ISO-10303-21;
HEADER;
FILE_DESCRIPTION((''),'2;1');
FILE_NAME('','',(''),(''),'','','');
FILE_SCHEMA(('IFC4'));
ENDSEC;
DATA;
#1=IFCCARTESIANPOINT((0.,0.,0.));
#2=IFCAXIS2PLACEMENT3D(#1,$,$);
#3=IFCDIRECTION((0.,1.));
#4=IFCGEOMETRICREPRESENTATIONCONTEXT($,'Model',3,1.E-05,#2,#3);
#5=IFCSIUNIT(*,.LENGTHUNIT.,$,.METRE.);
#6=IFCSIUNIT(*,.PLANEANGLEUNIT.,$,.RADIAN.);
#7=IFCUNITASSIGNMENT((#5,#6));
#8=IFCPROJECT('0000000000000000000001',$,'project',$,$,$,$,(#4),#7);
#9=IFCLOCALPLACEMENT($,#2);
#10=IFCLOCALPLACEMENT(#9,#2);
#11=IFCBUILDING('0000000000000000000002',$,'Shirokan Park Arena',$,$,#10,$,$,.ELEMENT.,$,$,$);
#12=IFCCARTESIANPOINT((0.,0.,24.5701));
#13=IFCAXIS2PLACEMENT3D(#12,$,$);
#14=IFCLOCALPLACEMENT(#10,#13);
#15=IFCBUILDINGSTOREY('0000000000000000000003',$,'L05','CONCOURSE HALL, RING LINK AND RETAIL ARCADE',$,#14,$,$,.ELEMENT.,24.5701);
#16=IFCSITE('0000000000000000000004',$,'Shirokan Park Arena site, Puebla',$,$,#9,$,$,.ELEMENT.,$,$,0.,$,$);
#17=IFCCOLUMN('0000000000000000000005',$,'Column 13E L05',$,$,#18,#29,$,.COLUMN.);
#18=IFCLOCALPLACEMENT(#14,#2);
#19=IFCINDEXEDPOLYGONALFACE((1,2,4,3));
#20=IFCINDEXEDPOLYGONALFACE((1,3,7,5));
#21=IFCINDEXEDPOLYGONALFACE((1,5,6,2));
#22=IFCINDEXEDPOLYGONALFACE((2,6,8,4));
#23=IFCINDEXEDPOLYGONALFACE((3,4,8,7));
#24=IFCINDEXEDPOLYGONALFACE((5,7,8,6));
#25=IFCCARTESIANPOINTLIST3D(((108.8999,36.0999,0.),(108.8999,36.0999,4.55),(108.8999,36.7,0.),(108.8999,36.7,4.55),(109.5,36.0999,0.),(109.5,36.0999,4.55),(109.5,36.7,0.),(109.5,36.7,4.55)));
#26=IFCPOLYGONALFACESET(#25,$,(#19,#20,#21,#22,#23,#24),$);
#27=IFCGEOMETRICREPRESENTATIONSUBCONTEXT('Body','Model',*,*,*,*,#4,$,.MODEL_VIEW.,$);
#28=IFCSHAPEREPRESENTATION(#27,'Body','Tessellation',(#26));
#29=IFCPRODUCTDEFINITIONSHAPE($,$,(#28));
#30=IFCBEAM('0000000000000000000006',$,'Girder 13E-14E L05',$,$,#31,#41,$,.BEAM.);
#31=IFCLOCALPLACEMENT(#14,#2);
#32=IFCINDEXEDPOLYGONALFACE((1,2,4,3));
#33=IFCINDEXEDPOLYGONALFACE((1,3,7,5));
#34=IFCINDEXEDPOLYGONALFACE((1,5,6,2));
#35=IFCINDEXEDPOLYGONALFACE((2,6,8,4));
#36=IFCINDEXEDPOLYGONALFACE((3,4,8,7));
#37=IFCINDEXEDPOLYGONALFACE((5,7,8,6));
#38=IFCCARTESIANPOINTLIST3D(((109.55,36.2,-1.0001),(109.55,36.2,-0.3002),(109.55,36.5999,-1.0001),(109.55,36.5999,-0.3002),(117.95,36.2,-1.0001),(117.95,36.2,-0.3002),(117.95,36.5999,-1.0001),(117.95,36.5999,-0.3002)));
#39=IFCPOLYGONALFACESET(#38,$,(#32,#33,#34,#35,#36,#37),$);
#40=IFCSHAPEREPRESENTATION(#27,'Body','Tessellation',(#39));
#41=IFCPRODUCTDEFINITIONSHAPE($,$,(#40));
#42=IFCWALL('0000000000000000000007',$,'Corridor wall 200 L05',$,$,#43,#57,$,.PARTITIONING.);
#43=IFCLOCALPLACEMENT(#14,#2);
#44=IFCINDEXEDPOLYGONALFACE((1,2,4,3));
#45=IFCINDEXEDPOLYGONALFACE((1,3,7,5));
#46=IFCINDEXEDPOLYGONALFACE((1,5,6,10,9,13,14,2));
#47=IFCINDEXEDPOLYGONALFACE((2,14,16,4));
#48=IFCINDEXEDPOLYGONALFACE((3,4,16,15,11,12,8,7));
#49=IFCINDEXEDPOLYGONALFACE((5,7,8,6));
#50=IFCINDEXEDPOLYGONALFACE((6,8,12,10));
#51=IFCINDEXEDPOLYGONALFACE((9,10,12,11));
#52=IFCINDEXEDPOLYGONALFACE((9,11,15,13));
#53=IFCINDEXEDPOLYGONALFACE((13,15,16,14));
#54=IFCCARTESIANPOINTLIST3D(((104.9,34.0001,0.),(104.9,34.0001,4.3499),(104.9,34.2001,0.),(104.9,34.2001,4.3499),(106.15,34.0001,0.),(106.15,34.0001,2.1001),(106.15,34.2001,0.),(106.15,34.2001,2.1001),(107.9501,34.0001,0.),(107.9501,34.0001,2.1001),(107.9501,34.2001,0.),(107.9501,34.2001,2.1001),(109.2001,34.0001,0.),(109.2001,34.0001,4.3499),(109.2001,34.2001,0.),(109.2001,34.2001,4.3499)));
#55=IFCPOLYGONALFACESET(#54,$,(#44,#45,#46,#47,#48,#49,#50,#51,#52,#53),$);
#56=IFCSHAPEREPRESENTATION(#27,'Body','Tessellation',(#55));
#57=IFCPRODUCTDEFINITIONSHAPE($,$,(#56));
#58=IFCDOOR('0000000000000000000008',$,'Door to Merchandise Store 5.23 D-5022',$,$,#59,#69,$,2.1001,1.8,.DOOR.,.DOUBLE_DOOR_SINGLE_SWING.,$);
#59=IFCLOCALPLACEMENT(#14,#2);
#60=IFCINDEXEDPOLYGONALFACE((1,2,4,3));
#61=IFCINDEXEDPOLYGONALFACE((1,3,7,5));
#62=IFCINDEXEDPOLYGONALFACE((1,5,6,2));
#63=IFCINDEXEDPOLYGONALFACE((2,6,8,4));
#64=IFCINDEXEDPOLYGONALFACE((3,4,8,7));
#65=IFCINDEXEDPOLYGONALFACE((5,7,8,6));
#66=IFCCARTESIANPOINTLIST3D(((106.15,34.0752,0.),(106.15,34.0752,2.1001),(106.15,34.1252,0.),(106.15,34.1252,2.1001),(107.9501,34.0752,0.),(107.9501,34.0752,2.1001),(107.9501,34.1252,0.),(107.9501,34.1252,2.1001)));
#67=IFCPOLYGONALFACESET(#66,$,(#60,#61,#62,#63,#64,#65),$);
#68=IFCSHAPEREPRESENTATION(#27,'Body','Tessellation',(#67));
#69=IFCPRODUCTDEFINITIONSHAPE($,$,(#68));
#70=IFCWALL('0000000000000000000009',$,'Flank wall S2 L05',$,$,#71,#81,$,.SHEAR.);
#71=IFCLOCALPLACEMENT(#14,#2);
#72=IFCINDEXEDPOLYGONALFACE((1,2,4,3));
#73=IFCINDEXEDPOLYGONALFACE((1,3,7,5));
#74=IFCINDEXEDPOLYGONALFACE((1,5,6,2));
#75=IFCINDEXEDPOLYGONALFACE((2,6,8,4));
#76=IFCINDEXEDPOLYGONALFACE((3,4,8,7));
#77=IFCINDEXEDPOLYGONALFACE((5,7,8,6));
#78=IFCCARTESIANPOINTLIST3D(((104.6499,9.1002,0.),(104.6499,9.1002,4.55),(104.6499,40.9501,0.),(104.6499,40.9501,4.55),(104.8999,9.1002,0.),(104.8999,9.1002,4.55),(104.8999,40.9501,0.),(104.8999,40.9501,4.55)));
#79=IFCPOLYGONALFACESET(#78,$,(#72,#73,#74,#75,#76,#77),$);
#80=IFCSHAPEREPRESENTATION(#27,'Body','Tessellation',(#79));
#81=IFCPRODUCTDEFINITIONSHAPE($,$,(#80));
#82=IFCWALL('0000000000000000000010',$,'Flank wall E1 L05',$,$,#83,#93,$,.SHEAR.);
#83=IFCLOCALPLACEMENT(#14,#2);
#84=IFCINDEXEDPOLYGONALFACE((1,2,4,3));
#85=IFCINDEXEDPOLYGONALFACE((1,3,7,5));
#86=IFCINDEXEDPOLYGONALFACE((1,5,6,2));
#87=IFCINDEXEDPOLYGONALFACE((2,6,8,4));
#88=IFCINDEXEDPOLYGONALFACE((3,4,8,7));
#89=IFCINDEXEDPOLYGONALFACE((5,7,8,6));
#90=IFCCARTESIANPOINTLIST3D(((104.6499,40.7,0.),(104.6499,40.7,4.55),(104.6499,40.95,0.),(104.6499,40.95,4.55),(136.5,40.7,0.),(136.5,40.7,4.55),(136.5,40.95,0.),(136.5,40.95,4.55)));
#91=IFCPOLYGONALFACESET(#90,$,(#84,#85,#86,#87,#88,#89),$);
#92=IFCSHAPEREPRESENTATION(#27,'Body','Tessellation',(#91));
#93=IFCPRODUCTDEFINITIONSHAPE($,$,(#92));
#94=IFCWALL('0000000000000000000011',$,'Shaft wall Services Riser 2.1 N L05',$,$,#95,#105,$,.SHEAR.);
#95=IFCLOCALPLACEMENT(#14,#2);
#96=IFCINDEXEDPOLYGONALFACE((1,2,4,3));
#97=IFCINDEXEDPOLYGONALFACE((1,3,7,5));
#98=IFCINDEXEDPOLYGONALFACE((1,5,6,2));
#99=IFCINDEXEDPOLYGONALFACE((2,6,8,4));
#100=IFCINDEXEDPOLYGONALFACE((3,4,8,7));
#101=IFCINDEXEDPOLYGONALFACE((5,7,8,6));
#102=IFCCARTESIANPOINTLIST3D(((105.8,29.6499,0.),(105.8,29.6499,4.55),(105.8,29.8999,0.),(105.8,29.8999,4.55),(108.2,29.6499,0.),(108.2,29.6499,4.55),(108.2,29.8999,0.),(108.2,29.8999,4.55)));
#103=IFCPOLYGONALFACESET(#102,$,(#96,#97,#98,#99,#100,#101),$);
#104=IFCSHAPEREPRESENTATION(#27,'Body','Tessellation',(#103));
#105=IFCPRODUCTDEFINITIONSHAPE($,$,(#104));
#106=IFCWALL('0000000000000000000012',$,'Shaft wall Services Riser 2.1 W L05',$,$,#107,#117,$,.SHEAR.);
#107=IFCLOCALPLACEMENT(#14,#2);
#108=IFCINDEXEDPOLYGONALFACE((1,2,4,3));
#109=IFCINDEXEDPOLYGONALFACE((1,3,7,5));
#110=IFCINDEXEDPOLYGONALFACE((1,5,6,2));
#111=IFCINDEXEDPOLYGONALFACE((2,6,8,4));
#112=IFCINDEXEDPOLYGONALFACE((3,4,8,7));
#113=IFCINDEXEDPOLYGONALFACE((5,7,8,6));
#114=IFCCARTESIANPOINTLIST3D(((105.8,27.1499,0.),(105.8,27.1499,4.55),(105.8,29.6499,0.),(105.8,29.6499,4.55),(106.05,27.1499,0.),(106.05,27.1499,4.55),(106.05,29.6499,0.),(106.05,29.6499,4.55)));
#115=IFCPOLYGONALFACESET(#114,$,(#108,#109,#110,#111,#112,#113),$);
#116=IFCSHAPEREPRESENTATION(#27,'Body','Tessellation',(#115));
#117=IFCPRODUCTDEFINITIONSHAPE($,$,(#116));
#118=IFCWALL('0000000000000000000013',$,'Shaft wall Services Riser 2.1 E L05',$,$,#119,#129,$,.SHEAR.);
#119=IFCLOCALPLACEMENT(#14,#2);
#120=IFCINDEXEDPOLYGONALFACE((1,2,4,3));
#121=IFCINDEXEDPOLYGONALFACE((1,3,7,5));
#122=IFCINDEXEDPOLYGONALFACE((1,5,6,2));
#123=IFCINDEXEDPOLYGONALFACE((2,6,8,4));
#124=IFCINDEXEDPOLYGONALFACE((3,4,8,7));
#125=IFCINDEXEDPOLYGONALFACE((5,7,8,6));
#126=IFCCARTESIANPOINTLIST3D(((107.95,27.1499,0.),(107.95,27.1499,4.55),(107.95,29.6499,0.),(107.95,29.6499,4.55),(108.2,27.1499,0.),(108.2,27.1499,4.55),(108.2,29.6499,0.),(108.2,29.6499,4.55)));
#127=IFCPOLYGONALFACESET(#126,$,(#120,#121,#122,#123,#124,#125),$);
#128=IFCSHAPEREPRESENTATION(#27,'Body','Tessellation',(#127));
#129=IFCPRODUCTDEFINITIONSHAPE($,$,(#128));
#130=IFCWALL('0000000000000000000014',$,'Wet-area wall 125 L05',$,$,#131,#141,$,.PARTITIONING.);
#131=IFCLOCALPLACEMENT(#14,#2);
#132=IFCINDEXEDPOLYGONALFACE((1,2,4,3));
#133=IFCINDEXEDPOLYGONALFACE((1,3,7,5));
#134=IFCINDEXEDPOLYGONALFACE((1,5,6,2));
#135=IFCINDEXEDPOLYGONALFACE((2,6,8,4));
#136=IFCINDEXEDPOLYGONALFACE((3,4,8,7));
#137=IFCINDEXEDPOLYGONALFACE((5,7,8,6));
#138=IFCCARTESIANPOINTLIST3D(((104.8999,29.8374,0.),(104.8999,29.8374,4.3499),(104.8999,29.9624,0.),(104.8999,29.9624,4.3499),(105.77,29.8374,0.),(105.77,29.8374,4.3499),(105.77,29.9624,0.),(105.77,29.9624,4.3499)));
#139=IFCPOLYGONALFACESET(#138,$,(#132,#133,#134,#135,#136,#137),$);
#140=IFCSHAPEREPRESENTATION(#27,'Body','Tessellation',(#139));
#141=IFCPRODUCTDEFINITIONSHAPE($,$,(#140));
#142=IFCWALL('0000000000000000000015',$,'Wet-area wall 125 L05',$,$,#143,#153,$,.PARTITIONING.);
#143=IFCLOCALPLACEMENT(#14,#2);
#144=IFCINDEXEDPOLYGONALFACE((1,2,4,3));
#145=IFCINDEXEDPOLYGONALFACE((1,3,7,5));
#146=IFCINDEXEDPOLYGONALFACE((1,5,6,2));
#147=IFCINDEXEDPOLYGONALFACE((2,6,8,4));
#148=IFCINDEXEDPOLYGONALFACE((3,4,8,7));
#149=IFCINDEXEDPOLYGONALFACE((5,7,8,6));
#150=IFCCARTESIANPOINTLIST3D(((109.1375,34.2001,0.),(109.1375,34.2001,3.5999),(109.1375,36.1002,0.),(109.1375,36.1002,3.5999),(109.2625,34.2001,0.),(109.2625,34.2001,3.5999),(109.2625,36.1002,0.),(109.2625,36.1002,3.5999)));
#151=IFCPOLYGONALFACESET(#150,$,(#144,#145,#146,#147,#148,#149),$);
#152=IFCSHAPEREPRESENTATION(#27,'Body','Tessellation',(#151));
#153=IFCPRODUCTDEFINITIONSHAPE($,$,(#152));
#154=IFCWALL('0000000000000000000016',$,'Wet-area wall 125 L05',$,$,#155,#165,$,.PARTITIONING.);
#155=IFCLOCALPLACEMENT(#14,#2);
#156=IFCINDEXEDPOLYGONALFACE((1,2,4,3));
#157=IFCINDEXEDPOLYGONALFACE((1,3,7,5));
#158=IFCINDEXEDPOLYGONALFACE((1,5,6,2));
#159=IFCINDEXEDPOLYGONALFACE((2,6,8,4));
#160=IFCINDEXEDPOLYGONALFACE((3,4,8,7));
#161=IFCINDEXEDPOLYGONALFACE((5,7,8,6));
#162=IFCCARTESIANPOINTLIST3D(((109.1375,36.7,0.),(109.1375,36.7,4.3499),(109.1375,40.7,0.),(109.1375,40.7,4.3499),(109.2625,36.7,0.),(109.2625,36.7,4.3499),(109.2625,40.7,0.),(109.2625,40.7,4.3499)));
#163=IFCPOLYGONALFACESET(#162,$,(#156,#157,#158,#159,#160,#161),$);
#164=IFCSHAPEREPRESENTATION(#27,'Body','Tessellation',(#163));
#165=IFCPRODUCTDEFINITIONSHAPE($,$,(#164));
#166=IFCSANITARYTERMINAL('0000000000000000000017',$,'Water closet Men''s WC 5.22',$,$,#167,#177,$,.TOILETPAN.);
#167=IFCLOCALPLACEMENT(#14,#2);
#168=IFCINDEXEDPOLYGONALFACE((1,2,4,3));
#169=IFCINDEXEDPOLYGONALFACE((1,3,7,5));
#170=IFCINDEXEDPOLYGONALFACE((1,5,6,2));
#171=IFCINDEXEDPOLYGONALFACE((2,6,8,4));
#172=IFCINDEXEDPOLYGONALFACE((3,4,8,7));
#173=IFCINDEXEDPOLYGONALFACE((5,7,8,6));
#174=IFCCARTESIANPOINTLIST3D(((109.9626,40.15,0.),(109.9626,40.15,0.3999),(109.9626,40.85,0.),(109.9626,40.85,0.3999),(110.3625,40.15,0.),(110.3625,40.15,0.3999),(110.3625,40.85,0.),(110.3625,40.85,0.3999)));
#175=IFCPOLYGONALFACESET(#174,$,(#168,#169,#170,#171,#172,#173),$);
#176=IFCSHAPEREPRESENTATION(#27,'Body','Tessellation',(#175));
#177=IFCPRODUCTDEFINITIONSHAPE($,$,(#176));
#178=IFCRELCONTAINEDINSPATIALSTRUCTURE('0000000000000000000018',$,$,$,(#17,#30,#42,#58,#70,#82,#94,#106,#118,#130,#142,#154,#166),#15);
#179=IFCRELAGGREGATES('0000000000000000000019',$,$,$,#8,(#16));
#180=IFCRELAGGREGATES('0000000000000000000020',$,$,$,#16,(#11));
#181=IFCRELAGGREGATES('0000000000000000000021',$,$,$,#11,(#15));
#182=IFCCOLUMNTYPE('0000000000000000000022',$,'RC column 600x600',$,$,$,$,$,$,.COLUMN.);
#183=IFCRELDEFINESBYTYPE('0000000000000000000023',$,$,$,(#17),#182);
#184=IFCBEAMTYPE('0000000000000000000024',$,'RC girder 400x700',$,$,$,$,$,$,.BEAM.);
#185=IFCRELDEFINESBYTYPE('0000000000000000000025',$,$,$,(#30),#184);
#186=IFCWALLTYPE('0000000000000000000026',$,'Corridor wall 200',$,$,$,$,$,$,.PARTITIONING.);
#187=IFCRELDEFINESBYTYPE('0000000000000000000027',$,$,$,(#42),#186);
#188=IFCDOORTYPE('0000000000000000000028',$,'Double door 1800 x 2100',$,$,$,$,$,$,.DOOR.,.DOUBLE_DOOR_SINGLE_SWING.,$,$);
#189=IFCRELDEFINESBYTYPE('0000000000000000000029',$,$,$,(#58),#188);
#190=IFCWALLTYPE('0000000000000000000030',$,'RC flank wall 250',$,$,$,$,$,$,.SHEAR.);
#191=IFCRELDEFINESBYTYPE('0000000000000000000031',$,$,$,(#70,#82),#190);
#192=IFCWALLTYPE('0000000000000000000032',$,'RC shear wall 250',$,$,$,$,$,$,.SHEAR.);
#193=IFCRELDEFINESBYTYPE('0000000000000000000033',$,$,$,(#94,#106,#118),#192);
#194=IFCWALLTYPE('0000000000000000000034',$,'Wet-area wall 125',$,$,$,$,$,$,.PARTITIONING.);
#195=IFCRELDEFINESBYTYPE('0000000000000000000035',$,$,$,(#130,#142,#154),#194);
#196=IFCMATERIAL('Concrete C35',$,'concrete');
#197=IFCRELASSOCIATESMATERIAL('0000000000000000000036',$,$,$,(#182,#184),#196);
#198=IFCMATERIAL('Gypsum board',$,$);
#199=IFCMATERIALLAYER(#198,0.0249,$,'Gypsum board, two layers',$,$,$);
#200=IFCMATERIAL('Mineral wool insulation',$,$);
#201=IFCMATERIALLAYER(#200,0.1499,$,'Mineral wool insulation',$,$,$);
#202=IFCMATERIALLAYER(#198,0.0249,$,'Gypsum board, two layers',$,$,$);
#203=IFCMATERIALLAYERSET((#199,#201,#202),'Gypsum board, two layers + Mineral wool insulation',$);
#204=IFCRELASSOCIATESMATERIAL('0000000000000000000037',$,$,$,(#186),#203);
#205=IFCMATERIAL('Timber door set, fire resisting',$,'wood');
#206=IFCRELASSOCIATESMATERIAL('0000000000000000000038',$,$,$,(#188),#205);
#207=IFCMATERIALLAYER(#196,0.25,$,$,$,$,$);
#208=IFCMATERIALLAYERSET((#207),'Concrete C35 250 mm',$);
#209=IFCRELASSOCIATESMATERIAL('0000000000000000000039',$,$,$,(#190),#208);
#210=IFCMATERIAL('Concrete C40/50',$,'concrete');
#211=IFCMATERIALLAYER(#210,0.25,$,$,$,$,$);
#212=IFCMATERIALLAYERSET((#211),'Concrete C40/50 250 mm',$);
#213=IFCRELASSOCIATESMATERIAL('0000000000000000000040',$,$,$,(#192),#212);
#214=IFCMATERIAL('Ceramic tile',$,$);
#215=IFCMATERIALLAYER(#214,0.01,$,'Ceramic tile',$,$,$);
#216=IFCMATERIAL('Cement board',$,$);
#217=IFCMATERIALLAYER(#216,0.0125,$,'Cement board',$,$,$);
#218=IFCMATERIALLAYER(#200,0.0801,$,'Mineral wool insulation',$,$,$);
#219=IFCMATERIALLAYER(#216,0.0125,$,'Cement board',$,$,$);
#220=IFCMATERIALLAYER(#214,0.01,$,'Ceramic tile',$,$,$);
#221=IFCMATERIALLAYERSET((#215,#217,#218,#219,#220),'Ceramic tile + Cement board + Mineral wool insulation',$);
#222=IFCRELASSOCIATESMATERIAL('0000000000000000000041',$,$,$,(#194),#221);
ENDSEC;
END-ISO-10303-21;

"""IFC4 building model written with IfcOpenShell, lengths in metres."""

from ifc_helpers import new_model, si_unit, direction, frame, frame_2d, origin, origin_2d, place, context, subcontext, project, spatial, rectangle, extrude, material, layer, layer_set, material_profile, profile_set, type_object, element, fill, save


model = new_model("IFC4")

# Units and contexts
model_context = context("Model", 3, precision=1e-05, world=origin(), true_north=direction((0.0, 1.0)))
body_context = subcontext(model_context, "Body", "Model", "MODEL_VIEW")
ifc_project = project(units=[si_unit("LENGTHUNIT", "METRE"), si_unit("PLANEANGLEUNIT", "RADIAN")], contexts=[model_context])

# Site, building, storey
site_placement = place(None, origin())
site = spatial("IfcSite", under=ifc_project, at=site_placement, Name="Shirokan Park Arena site, Puebla", CompositionType="ELEMENT", RefElevation=0.0)
building_placement = place(site_placement, origin())
building = spatial("IfcBuilding", under=site, at=building_placement, Name="Shirokan Park Arena", CompositionType="ELEMENT")
storey_placement = place(building_placement, frame((0.0, 0.0, 24.5701)))
storey = spatial("IfcBuildingStorey", under=building, at=storey_placement, Name="L05", Description="CONCOURSE HALL, RING LINK AND RETAIL ARCADE", CompositionType="ELEMENT", Elevation=24.5701)

# Column
ifc_material_1 = material(Name="Concrete C35", Category="concrete")
ifc_material_profile_1 = material_profile(ifc_material_1, rectangle(XDim=0.6001, YDim=0.6001, at=origin_2d()), Name="600x600")
ifc_profile_set_1 = profile_set([ifc_material_profile_1], Name="Concrete C35")
column_type = type_object("IfcColumnType", Name="RC column 600x600", PredefinedType="COLUMN", material=ifc_profile_set_1)
column_placement = place(storey_placement, frame((109.2, 36.3999, 0.0), z_axis=(0.0, 0.0, 1.0), x_axis=(1.0, 0.0, 0.0)))
element("IfcColumn", 1, at=column_placement, inside=storey, type_object=column_type, Name="Column 13E L05", PredefinedType="COLUMN", context=body_context, shape_type="SweptSolid", body=[
    extrude(rectangle(XDim=0.6001, YDim=0.6001, at=origin_2d()), origin(), (0.0, 0.0, 1.0), 4.55),
])

# Beam
ifc_material_profile_2 = material_profile(ifc_material_1, rectangle(XDim=0.3999, YDim=0.7, at=origin_2d()), Name="400x700")
ifc_profile_set_2 = profile_set([ifc_material_profile_2], Name="Concrete C35")
beam_type = type_object("IfcBeamType", Name="RC girder 400x700", PredefinedType="BEAM", material=ifc_profile_set_2)
beam_placement = place(storey_placement, frame((109.55, 36.3999, -0.6501), z_axis=(1.0, 0.0, 0.0), x_axis=(0.0, 1.0, 0.0)))
element("IfcBeam", 2, at=beam_placement, inside=storey, type_object=beam_type, Name="Girder 13E-14E L05", PredefinedType="BEAM", context=body_context, shape_type="SweptSolid", body=[
    extrude(rectangle(XDim=0.3999, YDim=0.7, at=origin_2d()), origin(), (0.0, 0.0, 1.0), 8.3999),
])

# Wall, opening, door
ifc_material_2 = material(Name="Gypsum board")
ifc_layer_1 = layer(ifc_material_2, 0.0249, Name="Gypsum board, two layers")
ifc_material_3 = material(Name="Mineral wool insulation")
ifc_layer_2 = layer(ifc_material_3, 0.1499, Name="Mineral wool insulation")
ifc_layer_3 = layer(ifc_material_2, 0.0249, Name="Gypsum board, two layers")
ifc_layer_set_1 = layer_set([ifc_layer_1, ifc_layer_2, ifc_layer_3], Name="Gypsum board, two layers + Mineral wool insulation")
wall_type_1 = type_object("IfcWallType", Name="Corridor wall 200", PredefinedType="PARTITIONING", material=ifc_layer_set_1)
wall_1_placement = place(storey_placement, frame((109.2, 34.1001, 0.0), z_axis=(0.0, 0.0, 1.0), x_axis=(-1.0, 0.0, 0.0)))
wall_1 = element("IfcWall", 3, at=wall_1_placement, inside=storey, type_object=wall_type_1, Name="Corridor wall 200 L05", PredefinedType="PARTITIONING", context=body_context, shape_type="SweptSolid", body=[
    extrude(rectangle(XDim=4.3, YDim=0.2, at=frame_2d((2.1499, 0.0))), origin(), (0.0, 0.0, 1.0), 4.3499),
])
opening_placement = place(wall_1_placement, frame((1.25, 0.0, 0.0)))
opening = element("IfcOpeningElement", 4, at=opening_placement, cuts=wall_1, PredefinedType="OPENING", context=body_context, shape_type="SweptSolid", body=[
    extrude(rectangle(XDim=1.8, YDim=2.1001, at=frame_2d((0.8999, 1.05))), frame((0.0, 0.1099, 0.0), z_axis=(0.0, -1.0, 0.0), x_axis=(1.0, 0.0, 0.0)), (0.0, 0.0, 1.0), 0.22),
])
ifc_material_4 = material(Name="Timber door set, fire resisting", Category="wood")
door_type = type_object("IfcDoorType", Name="Double door 1800 x 2100", OperationType="DOUBLE_DOOR_SINGLE_SWING", PredefinedType="DOOR", material=ifc_material_4)
door_placement = place(opening_placement, origin())
door = element("IfcDoor", 5, at=door_placement, inside=storey, type_object=door_type, Name="Door to Merchandise Store 5.23 D-5022", OperationType="DOUBLE_DOOR_SINGLE_SWING", OverallHeight=2.1001, OverallWidth=1.8, PredefinedType="DOOR", context=body_context, shape_type="SweptSolid", body=[
    extrude(rectangle(XDim=1.8, YDim=2.1001, at=frame_2d((0.8999, 1.05))), frame((0.0, 0.0249, 0.0), z_axis=(0.0, -1.0, 0.0), x_axis=(1.0, 0.0, 0.0)), (0.0, 0.0, 1.0), 0.05),
])
fill(opening, door)

# Walls
ifc_layer_4 = layer(ifc_material_1, 0.25)
ifc_layer_set_2 = layer_set([ifc_layer_4], Name="Concrete C35 250 mm")
wall_type_2 = type_object("IfcWallType", Name="RC flank wall 250", PredefinedType="SHEAR", material=ifc_layer_set_2)
wall_2_placement = place(storey_placement, frame((104.7749, 40.95, 0.0), z_axis=(0.0, 0.0, 1.0), x_axis=(0.0, -1.0, 0.0)))
element("IfcWall", 6, at=wall_2_placement, inside=storey, type_object=wall_type_2, Name="Flank wall S2 L05", PredefinedType="SHEAR", context=body_context, shape_type="SweptSolid", body=[
    extrude(rectangle(XDim=31.8499, YDim=0.25, at=frame_2d((15.9248, 0.0))), origin(), (0.0, 0.0, 1.0), 4.55),
])
wall_3_placement = place(storey_placement, frame((104.6499, 40.825, 0.0), z_axis=(0.0, 0.0, 1.0), x_axis=(1.0, 0.0, 0.0)))
element("IfcWall", 7, at=wall_3_placement, inside=storey, type_object=wall_type_2, Name="Flank wall E1 L05", PredefinedType="SHEAR", context=body_context, shape_type="SweptSolid", body=[
    extrude(rectangle(XDim=31.8501, YDim=0.25, at=frame_2d((15.925, 0.0))), origin(), (0.0, 0.0, 1.0), 4.55),
])
ifc_material_5 = material(Name="Concrete C40/50", Category="concrete")
ifc_layer_5 = layer(ifc_material_5, 0.25)
ifc_layer_set_3 = layer_set([ifc_layer_5], Name="Concrete C40/50 250 mm")
wall_type_3 = type_object("IfcWallType", Name="RC shear wall 250", PredefinedType="SHEAR", material=ifc_layer_set_3)
wall_4_placement = place(storey_placement, frame((108.2, 29.7749, 0.0), z_axis=(0.0, 0.0, 1.0), x_axis=(-1.0, 0.0, 0.0)))
element("IfcWall", 8, at=wall_4_placement, inside=storey, type_object=wall_type_3, Name="Shaft wall Services Riser 2.1 N L05", PredefinedType="SHEAR", context=body_context, shape_type="SweptSolid", body=[
    extrude(rectangle(XDim=2.3999, YDim=0.25, at=frame_2d((1.2, 0.0))), origin(), (0.0, 0.0, 1.0), 4.55),
])
for number, where, z_axis, x_axis, name in (
    (9, (105.925, 29.6499, 0.0), (0.0, 0.0, 1.0), (0.0, -1.0, 0.0), "Shaft wall Services Riser 2.1 W L05"),
    (10, (108.075, 29.6499, 0.0), (0.0, 0.0, 1.0), (0.0, -1.0, 0.0), "Shaft wall Services Riser 2.1 E L05"),
):
    element("IfcWall", number, at=place(storey_placement, frame(where, z_axis=z_axis, x_axis=x_axis)), inside=storey, type_object=wall_type_3, Name=name, PredefinedType="SHEAR", context=body_context, shape_type="SweptSolid", body=[
        extrude(rectangle(XDim=2.5, YDim=0.25, at=frame_2d((1.25, 0.0))), origin(), (0.0, 0.0, 1.0), 4.55),
    ])
ifc_material_6 = material(Name="Ceramic tile")
ifc_layer_6 = layer(ifc_material_6, 0.01, Name="Ceramic tile")
ifc_material_7 = material(Name="Cement board")
ifc_layer_7 = layer(ifc_material_7, 0.0125, Name="Cement board")
ifc_layer_8 = layer(ifc_material_3, 0.0801, Name="Mineral wool insulation")
ifc_layer_9 = layer(ifc_material_7, 0.0125, Name="Cement board")
ifc_layer_10 = layer(ifc_material_6, 0.01, Name="Ceramic tile")
ifc_layer_set_4 = layer_set([ifc_layer_6, ifc_layer_7, ifc_layer_8, ifc_layer_9, ifc_layer_10], Name="Ceramic tile + Cement board + Mineral wool insulation")
wall_type_4 = type_object("IfcWallType", Name="Wet-area wall 125", PredefinedType="PARTITIONING", material=ifc_layer_set_4)
wall_5_placement = place(storey_placement, frame((104.8999, 29.8999, 0.0), z_axis=(0.0, 0.0, 1.0), x_axis=(1.0, 0.0, 0.0)))
element("IfcWall", 11, at=wall_5_placement, inside=storey, type_object=wall_type_4, Name="Wet-area wall 125 L05", PredefinedType="PARTITIONING", context=body_context, shape_type="SweptSolid", body=[
    extrude(rectangle(XDim=0.8701, YDim=0.125, at=frame_2d((0.4351, 0.0))), origin(), (0.0, 0.0, 1.0), 4.3499),
])
wall_6_placement = place(storey_placement, frame((109.2, 34.2, 0.0), z_axis=(0.0, 0.0, 1.0), x_axis=(0.0, 1.0, 0.0)))
element("IfcWall", 12, at=wall_6_placement, inside=storey, type_object=wall_type_4, Name="Wet-area wall 125 L05", PredefinedType="PARTITIONING", context=body_context, shape_type="SweptSolid", body=[
    extrude(rectangle(XDim=1.9001, YDim=0.125, at=frame_2d((0.9502, 0.0))), origin(), (0.0, 0.0, 1.0), 3.5999),
])
wall_7_placement = place(storey_placement, frame((109.2, 36.7, 0.0), z_axis=(0.0, 0.0, 1.0), x_axis=(0.0, 1.0, 0.0)))
element("IfcWall", 13, at=wall_7_placement, inside=storey, type_object=wall_type_4, Name="Wet-area wall 125 L05", PredefinedType="PARTITIONING", context=body_context, shape_type="SweptSolid", body=[
    extrude(rectangle(XDim=4.0, YDim=0.125, at=frame_2d((2.0, 0.0))), origin(), (0.0, 0.0, 1.0), 4.3499),
])

# Sanitary terminal
for number, where, z_axis, x_axis, name in (
    (14, (110.1626, 40.5, 0.0), (0.0, 0.0, 1.0), (1.0, 0.0, 0.0), "Water closet Men's WC 5.22"),
):
    element("IfcSanitaryTerminal", number, at=place(storey_placement, frame(where, z_axis=z_axis, x_axis=x_axis)), inside=storey, Name=name, PredefinedType="TOILETPAN", context=body_context, shape_type="SweptSolid", body=[
        extrude(rectangle(XDim=0.3999, YDim=0.7, at=origin_2d()), origin(), (0.0, 0.0, 1.0), 0.3999),
    ])

save(model, "model.ifc")
